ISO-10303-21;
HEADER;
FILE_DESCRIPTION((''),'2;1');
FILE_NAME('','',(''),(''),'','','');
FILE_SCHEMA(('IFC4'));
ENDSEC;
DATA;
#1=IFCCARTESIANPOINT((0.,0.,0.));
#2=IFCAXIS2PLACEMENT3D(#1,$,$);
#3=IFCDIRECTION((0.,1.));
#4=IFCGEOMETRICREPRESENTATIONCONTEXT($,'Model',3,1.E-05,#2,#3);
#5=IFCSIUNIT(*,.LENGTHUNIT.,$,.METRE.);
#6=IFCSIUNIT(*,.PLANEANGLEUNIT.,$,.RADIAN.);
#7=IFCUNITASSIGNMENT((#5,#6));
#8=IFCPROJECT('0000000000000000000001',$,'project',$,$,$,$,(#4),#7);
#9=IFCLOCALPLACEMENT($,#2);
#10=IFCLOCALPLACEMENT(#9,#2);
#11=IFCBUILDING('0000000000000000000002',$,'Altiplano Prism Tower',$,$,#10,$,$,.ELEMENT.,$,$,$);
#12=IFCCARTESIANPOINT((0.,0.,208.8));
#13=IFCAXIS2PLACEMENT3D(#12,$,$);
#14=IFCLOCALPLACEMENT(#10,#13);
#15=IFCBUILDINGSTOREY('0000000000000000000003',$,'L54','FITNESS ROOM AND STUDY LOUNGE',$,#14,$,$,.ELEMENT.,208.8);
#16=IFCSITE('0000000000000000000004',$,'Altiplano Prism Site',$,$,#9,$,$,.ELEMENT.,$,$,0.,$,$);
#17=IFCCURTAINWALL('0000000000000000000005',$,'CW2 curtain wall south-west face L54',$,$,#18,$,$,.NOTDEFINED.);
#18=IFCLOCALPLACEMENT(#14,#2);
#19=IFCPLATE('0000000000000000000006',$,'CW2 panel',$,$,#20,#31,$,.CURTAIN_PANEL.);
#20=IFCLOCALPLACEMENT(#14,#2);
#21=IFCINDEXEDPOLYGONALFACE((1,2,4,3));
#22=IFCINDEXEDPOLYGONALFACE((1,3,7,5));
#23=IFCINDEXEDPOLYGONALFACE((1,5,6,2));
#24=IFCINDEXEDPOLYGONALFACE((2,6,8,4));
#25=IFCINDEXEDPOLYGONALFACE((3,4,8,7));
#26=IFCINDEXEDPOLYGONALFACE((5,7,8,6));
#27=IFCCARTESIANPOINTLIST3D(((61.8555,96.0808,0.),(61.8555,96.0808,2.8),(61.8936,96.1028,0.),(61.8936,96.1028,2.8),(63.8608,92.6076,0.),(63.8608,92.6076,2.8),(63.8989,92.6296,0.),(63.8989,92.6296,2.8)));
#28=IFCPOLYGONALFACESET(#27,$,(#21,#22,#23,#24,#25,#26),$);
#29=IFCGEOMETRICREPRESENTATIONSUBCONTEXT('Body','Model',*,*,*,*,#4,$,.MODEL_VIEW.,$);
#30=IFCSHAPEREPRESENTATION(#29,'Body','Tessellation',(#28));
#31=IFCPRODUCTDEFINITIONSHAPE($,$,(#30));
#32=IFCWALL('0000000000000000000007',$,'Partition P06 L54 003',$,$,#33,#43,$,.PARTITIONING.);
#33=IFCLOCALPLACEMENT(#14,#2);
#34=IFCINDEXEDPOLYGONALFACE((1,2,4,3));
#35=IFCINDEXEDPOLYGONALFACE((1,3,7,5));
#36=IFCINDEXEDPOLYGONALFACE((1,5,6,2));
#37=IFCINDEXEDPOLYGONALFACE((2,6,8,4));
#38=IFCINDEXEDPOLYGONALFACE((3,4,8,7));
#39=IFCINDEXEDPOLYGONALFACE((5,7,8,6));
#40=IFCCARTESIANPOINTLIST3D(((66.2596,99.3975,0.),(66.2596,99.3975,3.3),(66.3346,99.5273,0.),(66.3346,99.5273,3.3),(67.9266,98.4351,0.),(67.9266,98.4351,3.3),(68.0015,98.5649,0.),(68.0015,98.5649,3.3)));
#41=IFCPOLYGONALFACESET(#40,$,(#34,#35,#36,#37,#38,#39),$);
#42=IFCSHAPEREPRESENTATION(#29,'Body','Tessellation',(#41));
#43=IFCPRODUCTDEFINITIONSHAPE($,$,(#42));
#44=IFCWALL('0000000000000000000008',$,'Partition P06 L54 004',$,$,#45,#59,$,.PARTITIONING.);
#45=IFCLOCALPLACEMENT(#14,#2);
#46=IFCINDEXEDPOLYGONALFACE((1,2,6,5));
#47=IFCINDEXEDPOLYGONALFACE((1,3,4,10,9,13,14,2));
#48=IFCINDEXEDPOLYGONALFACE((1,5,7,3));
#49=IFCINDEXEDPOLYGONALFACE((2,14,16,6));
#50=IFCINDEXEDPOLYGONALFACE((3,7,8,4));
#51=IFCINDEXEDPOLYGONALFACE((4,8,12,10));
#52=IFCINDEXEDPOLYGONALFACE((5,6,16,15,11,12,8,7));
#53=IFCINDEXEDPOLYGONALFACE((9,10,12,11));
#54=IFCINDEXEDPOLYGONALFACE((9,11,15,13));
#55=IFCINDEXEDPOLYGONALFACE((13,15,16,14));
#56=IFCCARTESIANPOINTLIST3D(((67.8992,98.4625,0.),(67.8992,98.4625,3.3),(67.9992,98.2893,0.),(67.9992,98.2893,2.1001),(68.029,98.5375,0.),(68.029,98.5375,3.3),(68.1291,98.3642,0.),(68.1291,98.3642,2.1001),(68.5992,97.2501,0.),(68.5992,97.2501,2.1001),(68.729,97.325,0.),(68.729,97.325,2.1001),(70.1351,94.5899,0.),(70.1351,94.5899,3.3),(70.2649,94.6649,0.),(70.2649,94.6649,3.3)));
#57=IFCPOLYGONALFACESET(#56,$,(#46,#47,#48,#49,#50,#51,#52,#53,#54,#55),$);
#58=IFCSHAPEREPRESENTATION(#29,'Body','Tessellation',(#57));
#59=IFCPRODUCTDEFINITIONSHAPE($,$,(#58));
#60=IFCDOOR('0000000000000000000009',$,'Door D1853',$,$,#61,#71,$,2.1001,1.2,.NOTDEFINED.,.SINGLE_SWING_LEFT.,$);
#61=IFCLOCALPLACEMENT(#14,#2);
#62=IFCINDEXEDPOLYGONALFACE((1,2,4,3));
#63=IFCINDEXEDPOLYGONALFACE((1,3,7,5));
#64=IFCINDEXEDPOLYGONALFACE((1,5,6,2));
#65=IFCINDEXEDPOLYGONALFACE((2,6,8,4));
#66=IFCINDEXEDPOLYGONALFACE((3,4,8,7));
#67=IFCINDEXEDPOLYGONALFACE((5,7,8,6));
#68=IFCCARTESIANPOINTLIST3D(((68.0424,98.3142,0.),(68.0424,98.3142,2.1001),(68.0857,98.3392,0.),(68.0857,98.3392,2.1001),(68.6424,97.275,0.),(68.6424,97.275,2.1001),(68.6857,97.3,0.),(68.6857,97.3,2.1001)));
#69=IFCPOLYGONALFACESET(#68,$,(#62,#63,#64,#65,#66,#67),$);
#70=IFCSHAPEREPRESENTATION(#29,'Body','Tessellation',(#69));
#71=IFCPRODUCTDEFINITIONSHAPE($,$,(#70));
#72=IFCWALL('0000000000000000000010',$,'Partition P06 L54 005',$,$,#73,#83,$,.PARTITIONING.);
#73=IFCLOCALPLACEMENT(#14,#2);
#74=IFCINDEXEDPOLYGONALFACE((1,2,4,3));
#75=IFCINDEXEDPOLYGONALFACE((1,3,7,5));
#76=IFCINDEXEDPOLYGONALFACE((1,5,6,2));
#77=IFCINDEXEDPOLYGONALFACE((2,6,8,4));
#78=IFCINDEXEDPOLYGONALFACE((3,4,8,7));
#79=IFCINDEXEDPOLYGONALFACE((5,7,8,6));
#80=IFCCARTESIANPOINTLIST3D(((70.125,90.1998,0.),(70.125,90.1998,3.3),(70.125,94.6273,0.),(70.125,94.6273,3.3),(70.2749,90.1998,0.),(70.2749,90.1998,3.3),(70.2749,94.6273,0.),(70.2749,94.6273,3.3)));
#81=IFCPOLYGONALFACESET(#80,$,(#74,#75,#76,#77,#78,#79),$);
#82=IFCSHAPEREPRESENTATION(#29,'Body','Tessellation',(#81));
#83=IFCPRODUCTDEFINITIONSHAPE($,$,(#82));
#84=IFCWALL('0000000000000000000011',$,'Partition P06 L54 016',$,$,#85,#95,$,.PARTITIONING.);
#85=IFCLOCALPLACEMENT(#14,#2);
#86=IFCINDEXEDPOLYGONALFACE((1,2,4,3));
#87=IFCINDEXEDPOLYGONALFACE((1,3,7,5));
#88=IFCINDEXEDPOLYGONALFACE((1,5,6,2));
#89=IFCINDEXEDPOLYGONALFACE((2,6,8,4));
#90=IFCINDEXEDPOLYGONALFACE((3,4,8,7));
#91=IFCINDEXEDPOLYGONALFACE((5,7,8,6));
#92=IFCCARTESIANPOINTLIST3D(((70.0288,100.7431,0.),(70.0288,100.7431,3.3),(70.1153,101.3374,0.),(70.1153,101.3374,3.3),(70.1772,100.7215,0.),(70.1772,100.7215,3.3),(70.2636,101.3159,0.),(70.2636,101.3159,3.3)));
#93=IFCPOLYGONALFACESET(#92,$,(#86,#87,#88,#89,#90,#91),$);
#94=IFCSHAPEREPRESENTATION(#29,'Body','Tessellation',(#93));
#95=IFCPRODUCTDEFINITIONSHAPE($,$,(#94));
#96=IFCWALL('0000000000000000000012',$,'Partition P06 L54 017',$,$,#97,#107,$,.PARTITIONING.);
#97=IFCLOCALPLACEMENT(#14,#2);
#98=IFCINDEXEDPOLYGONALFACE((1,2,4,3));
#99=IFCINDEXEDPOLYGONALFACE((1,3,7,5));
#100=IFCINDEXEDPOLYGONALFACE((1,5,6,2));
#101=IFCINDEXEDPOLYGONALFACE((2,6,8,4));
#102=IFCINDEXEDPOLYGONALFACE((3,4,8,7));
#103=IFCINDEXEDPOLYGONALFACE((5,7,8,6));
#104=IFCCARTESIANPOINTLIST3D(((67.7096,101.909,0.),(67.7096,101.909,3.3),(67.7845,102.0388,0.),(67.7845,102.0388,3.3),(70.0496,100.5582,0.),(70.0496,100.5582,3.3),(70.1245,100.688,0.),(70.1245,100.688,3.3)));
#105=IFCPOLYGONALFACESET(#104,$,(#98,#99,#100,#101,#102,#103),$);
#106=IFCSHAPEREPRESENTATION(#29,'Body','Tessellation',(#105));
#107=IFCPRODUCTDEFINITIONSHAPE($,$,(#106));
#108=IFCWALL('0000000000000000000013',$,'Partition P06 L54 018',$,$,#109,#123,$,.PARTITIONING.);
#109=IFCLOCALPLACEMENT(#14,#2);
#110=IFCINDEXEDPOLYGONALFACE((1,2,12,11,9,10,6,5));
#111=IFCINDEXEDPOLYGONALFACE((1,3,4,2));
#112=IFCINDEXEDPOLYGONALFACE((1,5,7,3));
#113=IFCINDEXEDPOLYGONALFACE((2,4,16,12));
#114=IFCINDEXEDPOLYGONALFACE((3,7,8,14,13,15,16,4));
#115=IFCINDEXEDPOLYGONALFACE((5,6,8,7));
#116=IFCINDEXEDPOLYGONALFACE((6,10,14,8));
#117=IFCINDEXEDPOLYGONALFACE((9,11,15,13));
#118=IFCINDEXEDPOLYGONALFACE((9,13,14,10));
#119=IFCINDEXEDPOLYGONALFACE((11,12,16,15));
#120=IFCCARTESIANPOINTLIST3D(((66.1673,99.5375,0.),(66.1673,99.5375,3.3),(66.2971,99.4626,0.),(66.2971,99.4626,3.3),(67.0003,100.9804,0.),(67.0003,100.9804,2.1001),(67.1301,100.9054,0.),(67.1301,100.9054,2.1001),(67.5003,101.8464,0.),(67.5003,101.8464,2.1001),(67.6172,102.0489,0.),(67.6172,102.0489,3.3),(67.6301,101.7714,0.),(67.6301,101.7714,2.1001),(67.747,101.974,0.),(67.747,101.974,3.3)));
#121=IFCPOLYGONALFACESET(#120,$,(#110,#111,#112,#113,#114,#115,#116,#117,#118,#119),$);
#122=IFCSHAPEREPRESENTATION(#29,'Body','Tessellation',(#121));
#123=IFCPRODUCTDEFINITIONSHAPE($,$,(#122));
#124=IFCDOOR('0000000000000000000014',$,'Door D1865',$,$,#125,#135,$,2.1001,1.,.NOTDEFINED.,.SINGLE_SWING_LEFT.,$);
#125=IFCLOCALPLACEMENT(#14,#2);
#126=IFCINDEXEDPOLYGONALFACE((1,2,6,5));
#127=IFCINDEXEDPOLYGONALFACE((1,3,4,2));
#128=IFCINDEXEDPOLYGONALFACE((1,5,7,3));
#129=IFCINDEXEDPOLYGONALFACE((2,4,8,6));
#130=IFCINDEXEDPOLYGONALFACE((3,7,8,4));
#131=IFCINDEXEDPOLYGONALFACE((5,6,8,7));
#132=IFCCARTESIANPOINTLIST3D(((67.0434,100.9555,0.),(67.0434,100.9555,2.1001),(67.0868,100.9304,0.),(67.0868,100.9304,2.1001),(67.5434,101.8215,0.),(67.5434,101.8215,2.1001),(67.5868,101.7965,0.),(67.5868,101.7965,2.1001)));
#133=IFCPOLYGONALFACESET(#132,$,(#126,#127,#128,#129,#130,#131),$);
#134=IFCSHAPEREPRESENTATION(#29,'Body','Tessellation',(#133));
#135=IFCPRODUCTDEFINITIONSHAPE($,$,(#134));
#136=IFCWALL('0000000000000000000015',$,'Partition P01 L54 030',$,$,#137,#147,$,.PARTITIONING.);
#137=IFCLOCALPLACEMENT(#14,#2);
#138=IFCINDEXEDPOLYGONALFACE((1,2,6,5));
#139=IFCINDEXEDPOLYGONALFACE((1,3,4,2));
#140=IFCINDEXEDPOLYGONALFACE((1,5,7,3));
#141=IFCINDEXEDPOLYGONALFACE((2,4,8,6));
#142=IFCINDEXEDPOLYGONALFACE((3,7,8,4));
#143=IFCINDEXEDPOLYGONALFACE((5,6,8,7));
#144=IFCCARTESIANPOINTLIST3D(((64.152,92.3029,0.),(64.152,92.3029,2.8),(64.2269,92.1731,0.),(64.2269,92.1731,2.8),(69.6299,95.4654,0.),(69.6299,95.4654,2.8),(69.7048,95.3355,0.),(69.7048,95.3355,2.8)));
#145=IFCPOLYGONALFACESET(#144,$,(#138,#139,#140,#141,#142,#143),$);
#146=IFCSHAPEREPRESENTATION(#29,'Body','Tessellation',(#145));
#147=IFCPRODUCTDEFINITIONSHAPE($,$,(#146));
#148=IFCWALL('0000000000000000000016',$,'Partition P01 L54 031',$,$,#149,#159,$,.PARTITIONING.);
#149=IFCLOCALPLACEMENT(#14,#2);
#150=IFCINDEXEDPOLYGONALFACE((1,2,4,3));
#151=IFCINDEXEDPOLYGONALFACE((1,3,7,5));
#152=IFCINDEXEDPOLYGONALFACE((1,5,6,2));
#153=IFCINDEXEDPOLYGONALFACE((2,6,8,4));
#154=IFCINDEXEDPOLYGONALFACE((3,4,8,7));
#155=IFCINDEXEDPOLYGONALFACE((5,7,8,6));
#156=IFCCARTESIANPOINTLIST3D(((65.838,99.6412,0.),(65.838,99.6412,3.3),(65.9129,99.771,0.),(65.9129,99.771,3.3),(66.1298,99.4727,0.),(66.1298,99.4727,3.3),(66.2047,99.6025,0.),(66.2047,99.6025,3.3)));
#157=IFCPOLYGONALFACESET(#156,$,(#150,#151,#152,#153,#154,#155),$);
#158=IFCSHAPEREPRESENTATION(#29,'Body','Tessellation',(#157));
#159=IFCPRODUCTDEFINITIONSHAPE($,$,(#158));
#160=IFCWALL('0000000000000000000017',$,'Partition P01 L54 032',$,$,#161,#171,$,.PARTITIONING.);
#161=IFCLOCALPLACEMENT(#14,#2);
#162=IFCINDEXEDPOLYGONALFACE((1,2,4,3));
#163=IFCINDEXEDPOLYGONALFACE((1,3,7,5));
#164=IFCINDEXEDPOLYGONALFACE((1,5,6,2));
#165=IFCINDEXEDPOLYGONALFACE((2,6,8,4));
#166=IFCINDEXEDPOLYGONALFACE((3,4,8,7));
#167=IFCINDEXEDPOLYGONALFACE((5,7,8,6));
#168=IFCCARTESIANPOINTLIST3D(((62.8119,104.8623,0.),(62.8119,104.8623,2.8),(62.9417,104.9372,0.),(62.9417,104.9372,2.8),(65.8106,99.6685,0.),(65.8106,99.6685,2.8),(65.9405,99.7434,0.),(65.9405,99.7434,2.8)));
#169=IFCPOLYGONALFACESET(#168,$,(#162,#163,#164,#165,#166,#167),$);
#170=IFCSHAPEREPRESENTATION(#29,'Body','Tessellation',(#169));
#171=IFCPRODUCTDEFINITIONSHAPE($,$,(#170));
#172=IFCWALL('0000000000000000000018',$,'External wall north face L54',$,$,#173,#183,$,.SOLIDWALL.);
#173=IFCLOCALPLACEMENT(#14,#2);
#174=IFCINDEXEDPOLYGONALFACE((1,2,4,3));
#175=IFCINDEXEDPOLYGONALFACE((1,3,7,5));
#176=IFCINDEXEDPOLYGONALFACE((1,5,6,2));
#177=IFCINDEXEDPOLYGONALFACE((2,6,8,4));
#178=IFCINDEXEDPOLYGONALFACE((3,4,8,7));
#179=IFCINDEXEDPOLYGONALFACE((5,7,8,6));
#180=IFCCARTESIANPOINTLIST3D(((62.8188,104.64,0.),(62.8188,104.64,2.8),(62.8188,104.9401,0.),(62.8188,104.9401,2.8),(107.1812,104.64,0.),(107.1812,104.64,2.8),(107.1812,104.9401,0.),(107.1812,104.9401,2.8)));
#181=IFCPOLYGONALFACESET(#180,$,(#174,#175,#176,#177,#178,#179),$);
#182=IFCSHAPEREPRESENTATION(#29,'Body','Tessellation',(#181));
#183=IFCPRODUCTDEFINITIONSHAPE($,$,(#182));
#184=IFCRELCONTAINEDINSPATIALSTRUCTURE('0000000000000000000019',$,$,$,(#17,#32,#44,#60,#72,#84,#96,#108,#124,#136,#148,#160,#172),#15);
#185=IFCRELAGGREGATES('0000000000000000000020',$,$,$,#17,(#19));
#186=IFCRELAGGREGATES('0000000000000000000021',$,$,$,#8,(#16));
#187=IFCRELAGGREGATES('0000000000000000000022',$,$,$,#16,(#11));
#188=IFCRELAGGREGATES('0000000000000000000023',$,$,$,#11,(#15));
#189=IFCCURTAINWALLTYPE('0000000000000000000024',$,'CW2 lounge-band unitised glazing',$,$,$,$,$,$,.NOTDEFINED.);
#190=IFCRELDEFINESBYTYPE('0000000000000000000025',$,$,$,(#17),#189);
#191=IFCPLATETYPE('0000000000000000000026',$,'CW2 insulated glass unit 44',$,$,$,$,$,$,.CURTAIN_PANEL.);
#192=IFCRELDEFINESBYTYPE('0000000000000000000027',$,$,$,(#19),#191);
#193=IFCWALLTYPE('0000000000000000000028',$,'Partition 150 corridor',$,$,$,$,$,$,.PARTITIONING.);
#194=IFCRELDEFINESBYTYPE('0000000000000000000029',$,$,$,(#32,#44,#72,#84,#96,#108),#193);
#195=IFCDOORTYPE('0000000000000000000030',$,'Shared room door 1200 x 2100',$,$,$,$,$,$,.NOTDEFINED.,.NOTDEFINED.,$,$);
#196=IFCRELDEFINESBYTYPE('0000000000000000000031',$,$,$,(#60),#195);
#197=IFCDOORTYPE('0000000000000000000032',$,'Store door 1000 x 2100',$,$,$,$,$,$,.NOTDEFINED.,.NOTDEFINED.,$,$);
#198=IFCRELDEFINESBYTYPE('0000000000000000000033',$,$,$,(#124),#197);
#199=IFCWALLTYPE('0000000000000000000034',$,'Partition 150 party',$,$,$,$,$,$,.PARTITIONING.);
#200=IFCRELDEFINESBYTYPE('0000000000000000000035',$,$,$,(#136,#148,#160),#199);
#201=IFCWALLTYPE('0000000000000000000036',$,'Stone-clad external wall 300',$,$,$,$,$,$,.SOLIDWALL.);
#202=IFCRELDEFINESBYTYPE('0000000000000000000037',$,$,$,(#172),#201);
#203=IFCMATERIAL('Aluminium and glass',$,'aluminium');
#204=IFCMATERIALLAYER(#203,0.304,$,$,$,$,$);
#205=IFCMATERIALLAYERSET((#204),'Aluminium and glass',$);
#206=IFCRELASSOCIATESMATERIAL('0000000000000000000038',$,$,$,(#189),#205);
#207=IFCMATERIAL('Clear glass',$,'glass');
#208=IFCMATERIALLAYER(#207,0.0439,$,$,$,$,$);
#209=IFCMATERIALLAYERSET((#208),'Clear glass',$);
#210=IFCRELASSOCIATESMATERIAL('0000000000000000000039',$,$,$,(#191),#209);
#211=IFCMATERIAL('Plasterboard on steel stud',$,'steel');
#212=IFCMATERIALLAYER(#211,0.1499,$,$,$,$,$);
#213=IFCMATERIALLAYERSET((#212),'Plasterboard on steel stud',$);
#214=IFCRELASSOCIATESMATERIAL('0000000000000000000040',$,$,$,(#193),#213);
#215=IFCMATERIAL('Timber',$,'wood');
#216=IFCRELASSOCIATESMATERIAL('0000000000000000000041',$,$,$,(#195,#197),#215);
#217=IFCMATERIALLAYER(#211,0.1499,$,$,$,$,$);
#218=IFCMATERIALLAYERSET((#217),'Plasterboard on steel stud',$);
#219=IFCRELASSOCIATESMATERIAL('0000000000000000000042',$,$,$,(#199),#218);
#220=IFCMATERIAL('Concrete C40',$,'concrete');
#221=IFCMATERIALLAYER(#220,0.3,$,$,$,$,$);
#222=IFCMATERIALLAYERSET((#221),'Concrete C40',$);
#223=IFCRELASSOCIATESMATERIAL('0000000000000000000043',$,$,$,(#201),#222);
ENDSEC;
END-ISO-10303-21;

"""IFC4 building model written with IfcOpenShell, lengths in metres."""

from ifc_helpers import new_model, si_unit, direction, frame, frame_2d, origin, origin_2d, place, context, subcontext, project, spatial, rectangle, extrude, material, layer, layer_set, type_object, element, fill, aggregate, save


model = new_model("IFC4")

# Units and contexts
model_context = context("Model", 3, precision=1e-05, world=origin(), true_north=direction((0.0, 1.0)))
body_context = subcontext(model_context, "Body", "Model", "MODEL_VIEW")
ifc_project = project(units=[si_unit("LENGTHUNIT", "METRE"), si_unit("PLANEANGLEUNIT", "RADIAN")], contexts=[model_context])

# Site, building, storey
site_placement = place(None, origin())
site = spatial("IfcSite", under=ifc_project, at=site_placement, Name="Altiplano Prism Site", CompositionType="ELEMENT", RefElevation=0.0)
building_placement = place(site_placement, origin())
building = spatial("IfcBuilding", under=site, at=building_placement, Name="Altiplano Prism Tower", CompositionType="ELEMENT")
storey_placement = place(building_placement, frame((0.0, 0.0, 208.8)))
storey = spatial("IfcBuildingStorey", under=building, at=storey_placement, Name="L54", Description="FITNESS ROOM AND STUDY LOUNGE", CompositionType="ELEMENT", Elevation=208.8)

# Curtain wall
ifc_material_1 = material(Name="Aluminium and glass", Category="aluminium")
ifc_layer_1 = layer(ifc_material_1, 0.304)
ifc_layer_set_1 = layer_set([ifc_layer_1], Name="Aluminium and glass")
curtain_wall_type = type_object("IfcCurtainWallType", Name="CW2 lounge-band unitised glazing", PredefinedType="NOTDEFINED", material=ifc_layer_set_1)
curtain_wall_1_placement = place(storey_placement, origin())
curtain_wall_1 = element("IfcCurtainWall", 1, at=curtain_wall_1_placement, inside=storey, type_object=curtain_wall_type, Name="CW2 curtain wall south-west face L54", PredefinedType="NOTDEFINED")

# Plate
ifc_material_2 = material(Name="Clear glass", Category="glass")
ifc_layer_2 = layer(ifc_material_2, 0.0439)
ifc_layer_set_2 = layer_set([ifc_layer_2], Name="Clear glass")
plate_type = type_object("IfcPlateType", Name="CW2 insulated glass unit 44", PredefinedType="CURTAIN_PANEL", material=ifc_layer_set_2)
plate_1_placement = place(storey_placement, frame((62.8772, 94.3552, 0.0), z_axis=(0.0, 0.0, 1.0), x_axis=(0.5, -0.866025, 0.0)))
plate_1 = element("IfcPlate", 2, at=plate_1_placement, type_object=plate_type, Name="CW2 panel", PredefinedType="CURTAIN_PANEL", context=body_context, shape_type="SweptSolid", body=[
    extrude(rectangle(XDim=4.0105, YDim=0.0439, at=origin_2d()), origin(), (0.0, 0.0, 1.0), 2.8),
])
aggregate(curtain_wall_1, [plate_1])

# Wall
ifc_material_3 = material(Name="Plasterboard on steel stud", Category="steel")
ifc_layer_3 = layer(ifc_material_3, 0.1499)
ifc_layer_set_3 = layer_set([ifc_layer_3], Name="Plasterboard on steel stud")
wall_type_1 = type_object("IfcWallType", Name="Partition 150 corridor", PredefinedType="PARTITIONING", material=ifc_layer_set_3)
wall_1_placement = place(storey_placement, frame((66.2971, 99.4624, 0.0), z_axis=(0.0, 0.0, 1.0), x_axis=(0.866034, -0.499986, 0.0)))
element("IfcWall", 3, at=wall_1_placement, inside=storey, type_object=wall_type_1, Name="Partition P06 L54 003", PredefinedType="PARTITIONING", context=body_context, shape_type="SweptSolid", body=[
    extrude(rectangle(XDim=1.9248, YDim=0.1499, at=frame_2d((0.9624, 0.0))), origin(), (0.0, 0.0, 1.0), 3.3),
])

# Wall, opening, door
wall_2_placement = place(storey_placement, frame((67.9641, 98.5, 0.0), z_axis=(0.0, 0.0, 1.0), x_axis=(0.500003, -0.866024, 0.0)))
wall_2 = element("IfcWall", 4, at=wall_2_placement, inside=storey, type_object=wall_type_1, Name="Partition P06 L54 004", PredefinedType="PARTITIONING", context=body_context, shape_type="SweptSolid", body=[
    extrude(rectangle(XDim=4.4717, YDim=0.1499, at=frame_2d((2.2358, 0.0))), origin(), (0.0, 0.0, 1.0), 3.3),
])
opening_1_placement = place(wall_2_placement, frame((0.2, 0.0, 0.0)))
opening_1 = element("IfcOpeningElement", 5, at=opening_1_placement, cuts=wall_2, PredefinedType="OPENING", context=body_context, shape_type="SweptSolid", body=[
    extrude(rectangle(XDim=1.2, YDim=2.1001, at=frame_2d((0.6001, 1.05))), frame((0.0, 0.0854, 0.0), z_axis=(0.0, -1.0, 0.0), x_axis=(1.0, 0.0, 0.0)), (0.0, 0.0, 1.0), 0.1709),
])
ifc_material_4 = material(Name="Timber", Category="wood")
door_type_1 = type_object("IfcDoorType", Name="Shared room door 1200 x 2100", OperationType="NOTDEFINED", PredefinedType="NOTDEFINED", material=ifc_material_4)
door_1_placement = place(opening_1_placement, origin())
door_1 = element("IfcDoor", 6, at=door_1_placement, inside=storey, type_object=door_type_1, Name="Door D1853", OperationType="SINGLE_SWING_LEFT", OverallHeight=2.1001, OverallWidth=1.2, PredefinedType="NOTDEFINED", context=body_context, shape_type="SweptSolid", body=[
    extrude(rectangle(XDim=1.2, YDim=2.1001, at=frame_2d((0.6001, 1.05))), frame((0.0, 0.0249, 0.0), z_axis=(0.0, -1.0, 0.0), x_axis=(1.0, 0.0, 0.0)), (0.0, 0.0, 1.0), 0.05),
])
fill(opening_1, door_1)

# Walls
wall_3_placement = place(storey_placement, frame((70.2, 94.6274, 0.0), z_axis=(0.0, 0.0, 1.0), x_axis=(0.0, -1.0, 0.0)))
element("IfcWall", 7, at=wall_3_placement, inside=storey, type_object=wall_type_1, Name="Partition P06 L54 005", PredefinedType="PARTITIONING", context=body_context, shape_type="SweptSolid", body=[
    extrude(rectangle(XDim=4.4275, YDim=0.1499, at=frame_2d((2.2139, 0.0))), origin(), (0.0, 0.0, 1.0), 3.3),
])
wall_4_placement = place(storey_placement, frame((70.1895, 101.3267, 0.0), z_axis=(0.0, 0.0, 1.0), x_axis=(-0.143925, -0.989589, 0.0)))
element("IfcWall", 8, at=wall_4_placement, inside=storey, type_object=wall_type_1, Name="Partition P06 L54 016", PredefinedType="PARTITIONING", context=body_context, shape_type="SweptSolid", body=[
    extrude(rectangle(XDim=0.6006, YDim=0.1499, at=frame_2d((0.3003, 0.0))), origin(), (0.0, 0.0, 1.0), 3.3),
])
wall_5_placement = place(storey_placement, frame((70.0872, 100.623, 0.0), z_axis=(0.0, 0.0, 1.0), x_axis=(-0.866061, 0.499939, 0.0)))
element("IfcWall", 9, at=wall_5_placement, inside=storey, type_object=wall_type_1, Name="Partition P06 L54 017", PredefinedType="PARTITIONING", context=body_context, shape_type="SweptSolid", body=[
    extrude(rectangle(XDim=2.7019, YDim=0.1499, at=frame_2d((1.3511, 0.0))), origin(), (0.0, 0.0, 1.0), 3.3),
])

# Wall, opening, door
wall_6_placement = place(storey_placement, frame((67.6821, 102.0115, 0.0), z_axis=(0.0, 0.0, 1.0), x_axis=(-0.499987, -0.866033, 0.0)))
wall_6 = element("IfcWall", 10, at=wall_6_placement, inside=storey, type_object=wall_type_1, Name="Partition P06 L54 018", PredefinedType="PARTITIONING", context=body_context, shape_type="SweptSolid", body=[
    extrude(rectangle(XDim=2.8999, YDim=0.1499, at=frame_2d((1.45, 0.0))), origin(), (0.0, 0.0, 1.0), 3.3),
])
opening_2_placement = place(wall_6_placement, frame((0.2339, 0.0, 0.0)))
opening_2 = element("IfcOpeningElement", 11, at=opening_2_placement, cuts=wall_6, PredefinedType="OPENING", context=body_context, shape_type="SweptSolid", body=[
    extrude(rectangle(XDim=1.0, YDim=2.1001, at=frame_2d((0.5, 1.05))), frame((0.0, 0.0854, 0.0), z_axis=(0.0, -1.0, 0.0), x_axis=(1.0, 0.0, 0.0)), (0.0, 0.0, 1.0), 0.1709),
])
door_type_2 = type_object("IfcDoorType", Name="Store door 1000 x 2100", OperationType="NOTDEFINED", PredefinedType="NOTDEFINED", material=ifc_material_4)
door_2_placement = place(opening_2_placement, origin())
door_2 = element("IfcDoor", 12, at=door_2_placement, inside=storey, type_object=door_type_2, Name="Door D1865", OperationType="SINGLE_SWING_LEFT", OverallHeight=2.1001, OverallWidth=1.0, PredefinedType="NOTDEFINED", context=body_context, shape_type="SweptSolid", body=[
    extrude(rectangle(XDim=1.0, YDim=2.1001, at=frame_2d((0.5, 1.05))), frame((0.0, 0.0249, 0.0), z_axis=(0.0, -1.0, 0.0), x_axis=(1.0, 0.0, 0.0)), (0.0, 0.0, 1.0), 0.05),
])
fill(opening_2, door_2)

# Walls
ifc_layer_4 = layer(ifc_material_3, 0.1499)
ifc_layer_set_4 = layer_set([ifc_layer_4], Name="Plasterboard on steel stud")
wall_type_2 = type_object("IfcWallType", Name="Partition 150 party", PredefinedType="PARTITIONING", material=ifc_layer_set_4)
wall_7_placement = place(storey_placement, frame((64.1895, 92.238, 0.0), z_axis=(0.0, 0.0, 1.0), x_axis=(0.866042, 0.499971, 0.0)))
element("IfcWall", 13, at=wall_7_placement, inside=storey, type_object=wall_type_2, Name="Partition P01 L54 030", PredefinedType="PARTITIONING", context=body_context, shape_type="SweptSolid", body=[
    extrude(rectangle(XDim=6.3252, YDim=0.1499, at=frame_2d((3.1626, 0.0))), origin(), (0.0, 0.0, 1.0), 2.8),
])
wall_8_placement = place(storey_placement, frame((66.1672, 99.5376, 0.0), z_axis=(0.0, 0.0, 1.0), x_axis=(-0.866005, 0.500036, 0.0)))
element("IfcWall", 14, at=wall_8_placement, inside=storey, type_object=wall_type_2, Name="Partition P01 L54 031", PredefinedType="PARTITIONING", context=body_context, shape_type="SweptSolid", body=[
    extrude(rectangle(XDim=0.3369, YDim=0.1499, at=frame_2d((0.1685, 0.0))), origin(), (0.0, 0.0, 1.0), 3.3),
])
wall_9_placement = place(storey_placement, frame((65.8755, 99.7061, 0.0), z_axis=(0.0, 0.0, 1.0), x_axis=(-0.500014, 0.866017, 0.0)))
element("IfcWall", 15, at=wall_9_placement, inside=storey, type_object=wall_type_2, Name="Partition P01 L54 032", PredefinedType="PARTITIONING", context=body_context, shape_type="SweptSolid", body=[
    extrude(rectangle(XDim=5.9973, YDim=0.1499, at=frame_2d((2.9985, 0.0))), origin(), (0.0, 0.0, 1.0), 2.8),
])
ifc_material_5 = material(Name="Concrete C40", Category="concrete")
ifc_layer_5 = layer(ifc_material_5, 0.3)
ifc_layer_set_5 = layer_set([ifc_layer_5], Name="Concrete C40")
wall_type_3 = type_object("IfcWallType", Name="Stone-clad external wall 300", PredefinedType="SOLIDWALL", material=ifc_layer_set_5)
wall_10_placement = place(storey_placement, frame((62.8188, 104.79, 0.0), z_axis=(0.0, 0.0, 1.0), x_axis=(1.0, 0.0, 0.0)))
element("IfcWall", 16, at=wall_10_placement, inside=storey, type_object=wall_type_3, Name="External wall north face L54", PredefinedType="SOLIDWALL", context=body_context, shape_type="SweptSolid", body=[
    extrude(rectangle(XDim=44.3623, YDim=0.3, at=frame_2d((22.1812, 0.0))), origin(), (0.0, 0.0, 1.0), 2.8),
])

save(model, "model.ifc")
